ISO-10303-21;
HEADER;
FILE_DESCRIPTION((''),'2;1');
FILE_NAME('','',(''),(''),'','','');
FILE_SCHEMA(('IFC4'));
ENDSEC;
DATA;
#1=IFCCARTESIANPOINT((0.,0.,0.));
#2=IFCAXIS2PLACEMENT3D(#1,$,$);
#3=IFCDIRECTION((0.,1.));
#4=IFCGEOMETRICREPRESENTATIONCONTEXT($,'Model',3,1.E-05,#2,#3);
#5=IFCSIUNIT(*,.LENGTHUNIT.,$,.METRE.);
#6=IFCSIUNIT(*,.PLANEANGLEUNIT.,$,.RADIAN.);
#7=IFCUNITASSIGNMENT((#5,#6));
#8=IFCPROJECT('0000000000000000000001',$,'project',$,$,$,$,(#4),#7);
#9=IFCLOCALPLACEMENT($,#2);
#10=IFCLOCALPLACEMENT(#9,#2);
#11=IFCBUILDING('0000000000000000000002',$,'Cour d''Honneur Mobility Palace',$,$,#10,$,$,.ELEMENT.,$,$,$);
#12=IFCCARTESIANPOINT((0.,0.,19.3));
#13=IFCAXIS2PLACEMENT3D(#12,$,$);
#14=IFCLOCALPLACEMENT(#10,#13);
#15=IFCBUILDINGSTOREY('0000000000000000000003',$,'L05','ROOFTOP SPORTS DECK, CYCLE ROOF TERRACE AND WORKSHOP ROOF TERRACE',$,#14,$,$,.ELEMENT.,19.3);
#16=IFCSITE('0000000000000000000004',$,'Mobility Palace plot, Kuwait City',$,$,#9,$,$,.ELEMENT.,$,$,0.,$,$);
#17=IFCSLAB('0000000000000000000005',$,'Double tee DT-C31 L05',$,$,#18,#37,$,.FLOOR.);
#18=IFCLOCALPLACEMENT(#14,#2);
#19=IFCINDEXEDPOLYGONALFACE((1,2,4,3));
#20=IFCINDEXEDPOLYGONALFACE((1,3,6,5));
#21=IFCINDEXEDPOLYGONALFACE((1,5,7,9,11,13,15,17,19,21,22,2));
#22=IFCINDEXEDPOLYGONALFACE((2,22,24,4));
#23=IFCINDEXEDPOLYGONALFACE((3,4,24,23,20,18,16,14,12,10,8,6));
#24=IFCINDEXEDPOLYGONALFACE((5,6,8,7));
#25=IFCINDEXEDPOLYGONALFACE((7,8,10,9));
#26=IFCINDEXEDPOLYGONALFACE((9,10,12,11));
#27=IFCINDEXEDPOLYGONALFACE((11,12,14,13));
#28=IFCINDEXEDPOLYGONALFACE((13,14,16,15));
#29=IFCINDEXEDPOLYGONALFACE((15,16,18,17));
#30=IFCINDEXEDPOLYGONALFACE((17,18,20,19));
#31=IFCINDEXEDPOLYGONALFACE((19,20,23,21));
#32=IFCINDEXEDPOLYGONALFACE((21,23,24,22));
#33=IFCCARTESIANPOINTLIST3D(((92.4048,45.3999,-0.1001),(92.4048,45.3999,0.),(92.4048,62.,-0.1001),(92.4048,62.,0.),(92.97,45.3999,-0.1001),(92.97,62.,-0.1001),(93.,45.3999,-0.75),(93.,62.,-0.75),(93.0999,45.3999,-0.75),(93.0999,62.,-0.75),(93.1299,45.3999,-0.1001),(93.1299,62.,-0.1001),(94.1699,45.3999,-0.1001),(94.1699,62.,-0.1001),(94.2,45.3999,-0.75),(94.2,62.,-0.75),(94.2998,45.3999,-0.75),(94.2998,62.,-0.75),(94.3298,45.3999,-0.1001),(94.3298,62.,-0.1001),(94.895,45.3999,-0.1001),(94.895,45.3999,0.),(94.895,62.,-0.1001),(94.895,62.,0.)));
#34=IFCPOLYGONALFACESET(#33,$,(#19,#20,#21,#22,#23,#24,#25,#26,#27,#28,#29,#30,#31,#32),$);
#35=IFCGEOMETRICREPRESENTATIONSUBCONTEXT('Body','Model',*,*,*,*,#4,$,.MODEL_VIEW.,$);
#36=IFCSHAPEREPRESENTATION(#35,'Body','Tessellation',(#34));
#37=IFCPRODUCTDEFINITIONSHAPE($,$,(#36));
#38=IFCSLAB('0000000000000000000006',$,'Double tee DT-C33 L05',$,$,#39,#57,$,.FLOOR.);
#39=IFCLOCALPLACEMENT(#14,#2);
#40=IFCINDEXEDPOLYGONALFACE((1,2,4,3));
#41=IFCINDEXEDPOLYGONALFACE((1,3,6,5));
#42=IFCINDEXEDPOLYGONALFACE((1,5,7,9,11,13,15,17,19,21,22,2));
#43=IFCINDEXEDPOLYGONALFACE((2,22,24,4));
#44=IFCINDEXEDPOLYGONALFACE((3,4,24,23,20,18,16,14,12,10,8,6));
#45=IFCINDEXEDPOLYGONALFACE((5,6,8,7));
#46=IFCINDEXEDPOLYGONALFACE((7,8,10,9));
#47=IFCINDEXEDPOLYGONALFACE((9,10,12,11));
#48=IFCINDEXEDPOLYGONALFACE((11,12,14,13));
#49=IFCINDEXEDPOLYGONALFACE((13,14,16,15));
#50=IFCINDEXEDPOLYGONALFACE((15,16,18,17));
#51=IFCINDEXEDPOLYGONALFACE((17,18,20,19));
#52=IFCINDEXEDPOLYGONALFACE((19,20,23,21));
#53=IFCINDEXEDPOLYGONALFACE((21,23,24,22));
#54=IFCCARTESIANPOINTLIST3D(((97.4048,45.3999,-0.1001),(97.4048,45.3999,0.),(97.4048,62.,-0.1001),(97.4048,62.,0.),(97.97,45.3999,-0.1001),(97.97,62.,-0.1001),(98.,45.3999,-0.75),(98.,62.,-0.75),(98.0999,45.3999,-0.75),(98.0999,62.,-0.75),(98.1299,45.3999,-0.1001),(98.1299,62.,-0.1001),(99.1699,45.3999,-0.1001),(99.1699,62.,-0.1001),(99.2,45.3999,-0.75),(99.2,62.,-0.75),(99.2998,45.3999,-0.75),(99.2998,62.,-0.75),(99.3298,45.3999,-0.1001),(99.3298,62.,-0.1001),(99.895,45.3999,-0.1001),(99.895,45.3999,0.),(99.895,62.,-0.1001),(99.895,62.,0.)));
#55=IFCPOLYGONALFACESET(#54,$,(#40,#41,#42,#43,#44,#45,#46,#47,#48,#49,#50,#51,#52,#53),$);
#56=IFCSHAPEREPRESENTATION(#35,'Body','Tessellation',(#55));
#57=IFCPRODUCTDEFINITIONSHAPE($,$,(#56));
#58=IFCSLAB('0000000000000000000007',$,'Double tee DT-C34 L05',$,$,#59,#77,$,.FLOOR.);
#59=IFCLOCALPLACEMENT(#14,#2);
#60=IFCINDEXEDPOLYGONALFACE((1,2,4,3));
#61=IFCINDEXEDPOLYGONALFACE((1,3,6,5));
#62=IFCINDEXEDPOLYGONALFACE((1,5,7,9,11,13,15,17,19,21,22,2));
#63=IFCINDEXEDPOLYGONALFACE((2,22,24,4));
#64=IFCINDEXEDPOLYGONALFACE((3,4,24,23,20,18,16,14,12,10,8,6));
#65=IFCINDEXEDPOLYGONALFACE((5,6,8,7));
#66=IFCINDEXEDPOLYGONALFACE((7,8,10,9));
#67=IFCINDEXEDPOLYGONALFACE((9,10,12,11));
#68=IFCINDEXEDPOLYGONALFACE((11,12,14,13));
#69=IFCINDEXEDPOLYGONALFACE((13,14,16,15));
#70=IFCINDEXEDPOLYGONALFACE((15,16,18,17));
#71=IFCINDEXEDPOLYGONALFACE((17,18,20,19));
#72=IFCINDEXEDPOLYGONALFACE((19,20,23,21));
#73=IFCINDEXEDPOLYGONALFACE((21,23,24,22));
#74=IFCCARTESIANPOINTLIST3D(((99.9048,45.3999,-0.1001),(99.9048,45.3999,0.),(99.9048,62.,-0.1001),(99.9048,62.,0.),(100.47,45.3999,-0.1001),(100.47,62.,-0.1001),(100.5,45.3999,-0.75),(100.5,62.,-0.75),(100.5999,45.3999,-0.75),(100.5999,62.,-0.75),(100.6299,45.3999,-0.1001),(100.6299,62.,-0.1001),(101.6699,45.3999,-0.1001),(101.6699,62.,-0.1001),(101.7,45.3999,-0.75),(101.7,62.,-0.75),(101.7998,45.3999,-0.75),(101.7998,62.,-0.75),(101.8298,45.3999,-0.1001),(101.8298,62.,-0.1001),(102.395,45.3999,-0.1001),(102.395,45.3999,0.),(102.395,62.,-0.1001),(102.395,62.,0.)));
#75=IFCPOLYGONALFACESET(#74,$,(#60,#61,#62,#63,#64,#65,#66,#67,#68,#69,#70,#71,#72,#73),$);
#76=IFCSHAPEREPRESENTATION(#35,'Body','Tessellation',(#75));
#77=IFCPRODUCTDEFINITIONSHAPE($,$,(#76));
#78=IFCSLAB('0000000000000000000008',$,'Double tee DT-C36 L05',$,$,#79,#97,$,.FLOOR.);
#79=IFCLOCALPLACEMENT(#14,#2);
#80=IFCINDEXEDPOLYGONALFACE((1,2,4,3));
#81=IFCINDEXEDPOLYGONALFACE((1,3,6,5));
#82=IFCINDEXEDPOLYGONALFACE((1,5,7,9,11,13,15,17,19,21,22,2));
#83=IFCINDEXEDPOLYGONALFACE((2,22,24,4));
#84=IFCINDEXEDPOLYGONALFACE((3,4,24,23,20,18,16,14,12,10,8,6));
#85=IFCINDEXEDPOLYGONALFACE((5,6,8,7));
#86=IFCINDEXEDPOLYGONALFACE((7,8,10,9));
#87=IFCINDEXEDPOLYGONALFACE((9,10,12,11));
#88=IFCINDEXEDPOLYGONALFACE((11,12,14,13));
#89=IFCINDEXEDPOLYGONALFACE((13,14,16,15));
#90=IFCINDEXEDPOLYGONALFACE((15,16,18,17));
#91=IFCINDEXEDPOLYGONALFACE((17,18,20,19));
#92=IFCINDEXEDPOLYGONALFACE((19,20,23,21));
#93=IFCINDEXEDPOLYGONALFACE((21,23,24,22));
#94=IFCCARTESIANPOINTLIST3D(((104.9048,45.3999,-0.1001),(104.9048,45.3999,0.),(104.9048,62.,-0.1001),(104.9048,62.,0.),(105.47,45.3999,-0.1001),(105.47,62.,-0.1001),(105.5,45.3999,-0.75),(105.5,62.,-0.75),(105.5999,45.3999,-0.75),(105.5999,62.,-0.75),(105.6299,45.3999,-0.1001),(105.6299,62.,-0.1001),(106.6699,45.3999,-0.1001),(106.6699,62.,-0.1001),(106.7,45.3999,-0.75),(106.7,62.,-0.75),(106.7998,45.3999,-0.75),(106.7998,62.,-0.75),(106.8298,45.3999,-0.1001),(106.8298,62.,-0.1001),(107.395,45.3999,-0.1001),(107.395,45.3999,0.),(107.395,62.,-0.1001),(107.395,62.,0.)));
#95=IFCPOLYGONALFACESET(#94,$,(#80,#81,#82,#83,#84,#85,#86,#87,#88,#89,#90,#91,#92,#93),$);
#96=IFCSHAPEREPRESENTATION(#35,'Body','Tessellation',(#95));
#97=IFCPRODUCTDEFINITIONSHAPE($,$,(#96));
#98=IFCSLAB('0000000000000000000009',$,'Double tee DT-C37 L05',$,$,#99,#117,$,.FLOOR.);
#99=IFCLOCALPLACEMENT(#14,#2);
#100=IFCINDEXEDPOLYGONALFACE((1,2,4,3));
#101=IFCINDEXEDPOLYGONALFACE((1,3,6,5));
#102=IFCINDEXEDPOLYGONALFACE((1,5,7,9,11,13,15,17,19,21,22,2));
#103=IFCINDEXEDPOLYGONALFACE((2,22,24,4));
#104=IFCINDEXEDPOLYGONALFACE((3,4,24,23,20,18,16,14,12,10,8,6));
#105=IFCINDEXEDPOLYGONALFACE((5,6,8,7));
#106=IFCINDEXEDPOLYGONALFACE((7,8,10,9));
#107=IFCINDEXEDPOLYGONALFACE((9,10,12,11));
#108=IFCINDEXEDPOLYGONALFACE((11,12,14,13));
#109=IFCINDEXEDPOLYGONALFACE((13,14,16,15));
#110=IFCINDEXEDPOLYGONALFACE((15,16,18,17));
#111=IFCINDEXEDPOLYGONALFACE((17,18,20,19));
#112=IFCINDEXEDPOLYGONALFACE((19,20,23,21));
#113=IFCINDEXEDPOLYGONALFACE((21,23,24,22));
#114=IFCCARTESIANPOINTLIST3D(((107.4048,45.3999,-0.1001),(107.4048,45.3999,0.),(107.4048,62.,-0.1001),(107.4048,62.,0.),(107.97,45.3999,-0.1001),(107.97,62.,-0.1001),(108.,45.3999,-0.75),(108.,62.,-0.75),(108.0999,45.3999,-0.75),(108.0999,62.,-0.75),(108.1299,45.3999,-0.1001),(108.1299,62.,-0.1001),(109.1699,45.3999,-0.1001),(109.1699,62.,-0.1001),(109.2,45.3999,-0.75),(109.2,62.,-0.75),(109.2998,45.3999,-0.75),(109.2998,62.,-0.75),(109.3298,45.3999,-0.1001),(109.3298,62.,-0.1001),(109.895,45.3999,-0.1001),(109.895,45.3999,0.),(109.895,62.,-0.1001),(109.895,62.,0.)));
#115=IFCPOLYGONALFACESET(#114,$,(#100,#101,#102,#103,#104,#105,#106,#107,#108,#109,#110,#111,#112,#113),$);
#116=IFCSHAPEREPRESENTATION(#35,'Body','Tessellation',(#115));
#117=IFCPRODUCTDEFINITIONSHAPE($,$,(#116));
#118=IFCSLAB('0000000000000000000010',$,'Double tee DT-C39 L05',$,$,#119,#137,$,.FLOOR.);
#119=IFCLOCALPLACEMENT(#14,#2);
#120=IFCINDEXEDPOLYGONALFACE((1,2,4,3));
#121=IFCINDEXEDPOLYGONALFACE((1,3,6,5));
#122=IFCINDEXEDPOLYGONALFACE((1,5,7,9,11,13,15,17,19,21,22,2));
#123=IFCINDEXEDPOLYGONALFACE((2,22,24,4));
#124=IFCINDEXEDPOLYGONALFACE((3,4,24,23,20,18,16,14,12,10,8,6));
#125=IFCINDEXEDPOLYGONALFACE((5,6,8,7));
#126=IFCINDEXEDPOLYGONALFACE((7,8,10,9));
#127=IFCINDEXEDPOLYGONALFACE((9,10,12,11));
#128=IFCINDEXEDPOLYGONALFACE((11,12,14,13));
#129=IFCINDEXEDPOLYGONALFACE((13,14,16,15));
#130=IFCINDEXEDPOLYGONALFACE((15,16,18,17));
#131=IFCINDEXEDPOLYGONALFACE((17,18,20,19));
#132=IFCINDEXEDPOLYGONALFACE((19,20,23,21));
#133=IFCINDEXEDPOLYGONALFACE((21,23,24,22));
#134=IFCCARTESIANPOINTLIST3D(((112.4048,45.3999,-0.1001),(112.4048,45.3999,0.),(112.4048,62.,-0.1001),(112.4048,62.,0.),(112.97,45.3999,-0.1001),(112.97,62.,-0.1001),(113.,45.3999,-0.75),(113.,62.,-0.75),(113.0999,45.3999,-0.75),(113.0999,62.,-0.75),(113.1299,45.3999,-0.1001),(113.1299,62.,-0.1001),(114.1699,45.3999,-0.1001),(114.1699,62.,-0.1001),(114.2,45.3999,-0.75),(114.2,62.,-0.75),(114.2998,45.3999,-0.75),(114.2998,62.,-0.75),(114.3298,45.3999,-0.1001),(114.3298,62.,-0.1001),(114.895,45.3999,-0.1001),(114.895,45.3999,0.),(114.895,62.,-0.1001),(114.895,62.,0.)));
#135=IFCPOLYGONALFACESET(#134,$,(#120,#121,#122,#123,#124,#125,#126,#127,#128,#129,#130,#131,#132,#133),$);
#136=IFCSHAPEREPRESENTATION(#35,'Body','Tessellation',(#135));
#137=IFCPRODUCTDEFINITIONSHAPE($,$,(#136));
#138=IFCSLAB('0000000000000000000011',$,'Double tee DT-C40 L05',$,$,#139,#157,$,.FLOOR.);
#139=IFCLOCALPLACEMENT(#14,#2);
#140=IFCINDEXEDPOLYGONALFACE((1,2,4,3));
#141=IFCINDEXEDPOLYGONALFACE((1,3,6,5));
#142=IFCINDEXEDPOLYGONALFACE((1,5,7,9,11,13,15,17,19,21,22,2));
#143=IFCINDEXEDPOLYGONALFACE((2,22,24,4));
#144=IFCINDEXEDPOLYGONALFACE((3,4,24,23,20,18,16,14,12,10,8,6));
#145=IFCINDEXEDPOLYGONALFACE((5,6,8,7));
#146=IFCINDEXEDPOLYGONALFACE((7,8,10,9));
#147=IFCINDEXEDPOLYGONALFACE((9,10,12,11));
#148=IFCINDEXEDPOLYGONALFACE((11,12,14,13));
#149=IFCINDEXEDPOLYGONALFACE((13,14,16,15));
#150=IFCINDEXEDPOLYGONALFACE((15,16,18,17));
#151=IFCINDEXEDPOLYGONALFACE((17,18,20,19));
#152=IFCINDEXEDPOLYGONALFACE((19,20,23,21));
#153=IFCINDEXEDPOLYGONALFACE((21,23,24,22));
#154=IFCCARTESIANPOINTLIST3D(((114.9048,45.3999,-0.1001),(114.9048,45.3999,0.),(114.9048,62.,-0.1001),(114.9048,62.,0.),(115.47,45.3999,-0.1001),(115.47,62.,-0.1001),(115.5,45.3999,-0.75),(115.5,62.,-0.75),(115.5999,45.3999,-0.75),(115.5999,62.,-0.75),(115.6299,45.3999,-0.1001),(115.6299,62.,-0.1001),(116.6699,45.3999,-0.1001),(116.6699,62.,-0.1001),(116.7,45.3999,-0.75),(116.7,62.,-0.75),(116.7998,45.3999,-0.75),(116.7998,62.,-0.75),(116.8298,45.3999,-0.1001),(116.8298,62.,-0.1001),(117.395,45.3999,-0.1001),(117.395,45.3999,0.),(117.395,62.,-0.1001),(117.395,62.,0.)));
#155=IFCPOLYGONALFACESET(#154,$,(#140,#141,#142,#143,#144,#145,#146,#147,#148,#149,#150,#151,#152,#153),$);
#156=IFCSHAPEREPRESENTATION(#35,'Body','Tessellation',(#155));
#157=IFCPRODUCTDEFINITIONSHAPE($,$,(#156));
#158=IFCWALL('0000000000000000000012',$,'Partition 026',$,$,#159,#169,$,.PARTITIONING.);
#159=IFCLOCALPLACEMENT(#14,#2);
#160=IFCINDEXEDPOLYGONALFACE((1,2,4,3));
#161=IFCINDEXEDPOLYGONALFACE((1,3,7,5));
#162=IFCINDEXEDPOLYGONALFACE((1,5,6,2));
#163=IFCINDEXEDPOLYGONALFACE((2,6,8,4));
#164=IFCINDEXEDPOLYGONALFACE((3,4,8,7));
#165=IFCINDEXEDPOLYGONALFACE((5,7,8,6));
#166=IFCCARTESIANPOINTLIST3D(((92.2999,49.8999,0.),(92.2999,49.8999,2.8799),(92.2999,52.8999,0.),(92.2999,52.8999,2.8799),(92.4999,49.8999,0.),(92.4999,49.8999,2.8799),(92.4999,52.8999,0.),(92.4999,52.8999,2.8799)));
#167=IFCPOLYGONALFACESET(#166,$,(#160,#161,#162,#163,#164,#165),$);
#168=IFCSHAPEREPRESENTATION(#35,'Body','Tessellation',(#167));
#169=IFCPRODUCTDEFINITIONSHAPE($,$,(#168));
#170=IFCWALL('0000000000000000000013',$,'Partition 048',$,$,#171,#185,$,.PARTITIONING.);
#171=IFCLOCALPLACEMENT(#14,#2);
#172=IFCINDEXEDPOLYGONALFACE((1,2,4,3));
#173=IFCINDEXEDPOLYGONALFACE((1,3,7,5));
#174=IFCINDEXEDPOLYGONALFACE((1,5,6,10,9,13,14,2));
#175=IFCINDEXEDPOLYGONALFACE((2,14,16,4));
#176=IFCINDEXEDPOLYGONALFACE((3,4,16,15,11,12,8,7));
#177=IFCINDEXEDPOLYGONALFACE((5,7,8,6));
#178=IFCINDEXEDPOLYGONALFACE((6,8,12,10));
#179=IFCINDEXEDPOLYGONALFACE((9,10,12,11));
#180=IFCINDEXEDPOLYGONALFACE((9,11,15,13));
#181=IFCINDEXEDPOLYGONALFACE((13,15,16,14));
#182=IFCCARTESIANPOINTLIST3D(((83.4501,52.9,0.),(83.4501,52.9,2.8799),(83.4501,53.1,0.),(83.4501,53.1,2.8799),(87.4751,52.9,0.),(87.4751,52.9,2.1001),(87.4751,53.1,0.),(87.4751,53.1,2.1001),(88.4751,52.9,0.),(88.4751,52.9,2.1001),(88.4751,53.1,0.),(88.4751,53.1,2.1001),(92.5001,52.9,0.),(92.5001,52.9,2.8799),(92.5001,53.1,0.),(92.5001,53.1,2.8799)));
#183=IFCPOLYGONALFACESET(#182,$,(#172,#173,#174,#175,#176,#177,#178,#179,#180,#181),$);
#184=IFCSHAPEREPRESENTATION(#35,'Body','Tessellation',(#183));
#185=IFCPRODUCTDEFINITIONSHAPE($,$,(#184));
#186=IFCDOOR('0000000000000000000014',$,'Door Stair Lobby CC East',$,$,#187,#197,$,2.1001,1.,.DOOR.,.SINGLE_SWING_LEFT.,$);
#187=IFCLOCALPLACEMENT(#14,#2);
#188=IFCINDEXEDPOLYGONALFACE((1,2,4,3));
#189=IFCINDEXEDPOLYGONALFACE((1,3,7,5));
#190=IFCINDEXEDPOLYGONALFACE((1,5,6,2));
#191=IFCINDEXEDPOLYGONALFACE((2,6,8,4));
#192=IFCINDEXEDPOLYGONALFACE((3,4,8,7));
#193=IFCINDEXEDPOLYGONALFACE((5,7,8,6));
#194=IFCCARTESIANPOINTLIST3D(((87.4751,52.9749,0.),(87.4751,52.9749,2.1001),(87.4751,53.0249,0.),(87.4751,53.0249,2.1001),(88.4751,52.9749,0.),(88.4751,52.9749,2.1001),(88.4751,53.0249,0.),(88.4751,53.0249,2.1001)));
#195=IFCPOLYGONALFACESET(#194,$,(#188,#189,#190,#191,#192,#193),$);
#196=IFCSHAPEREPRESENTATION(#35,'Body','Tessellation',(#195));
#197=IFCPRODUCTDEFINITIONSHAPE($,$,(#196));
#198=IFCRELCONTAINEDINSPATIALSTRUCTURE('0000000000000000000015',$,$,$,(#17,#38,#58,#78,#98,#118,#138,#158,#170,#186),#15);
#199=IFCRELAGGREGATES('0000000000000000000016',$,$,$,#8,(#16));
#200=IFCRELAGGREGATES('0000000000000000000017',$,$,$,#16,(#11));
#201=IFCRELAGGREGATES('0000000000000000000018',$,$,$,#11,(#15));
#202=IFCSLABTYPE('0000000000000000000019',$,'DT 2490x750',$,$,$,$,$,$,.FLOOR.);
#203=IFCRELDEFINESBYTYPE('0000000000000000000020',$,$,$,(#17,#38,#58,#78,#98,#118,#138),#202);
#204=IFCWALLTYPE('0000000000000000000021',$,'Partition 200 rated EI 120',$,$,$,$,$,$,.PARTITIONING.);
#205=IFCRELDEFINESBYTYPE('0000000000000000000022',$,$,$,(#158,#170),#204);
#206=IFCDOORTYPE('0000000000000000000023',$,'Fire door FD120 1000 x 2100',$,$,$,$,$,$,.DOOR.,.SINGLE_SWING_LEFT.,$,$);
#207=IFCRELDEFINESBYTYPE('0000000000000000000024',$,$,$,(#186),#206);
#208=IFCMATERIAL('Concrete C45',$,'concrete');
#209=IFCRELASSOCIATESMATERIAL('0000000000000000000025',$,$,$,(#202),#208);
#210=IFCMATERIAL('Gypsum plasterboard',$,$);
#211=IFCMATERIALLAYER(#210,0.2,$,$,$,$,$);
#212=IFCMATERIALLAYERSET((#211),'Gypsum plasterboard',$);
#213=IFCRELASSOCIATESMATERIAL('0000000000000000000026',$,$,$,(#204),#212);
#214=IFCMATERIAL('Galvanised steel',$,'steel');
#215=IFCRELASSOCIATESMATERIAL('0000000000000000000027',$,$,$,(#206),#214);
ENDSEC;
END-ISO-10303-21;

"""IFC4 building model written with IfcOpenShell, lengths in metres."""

from ifc_helpers import new_model, si_unit, direction, frame, frame_2d, origin, place, context, subcontext, project, spatial, polyline, rectangle, outline, extrude, material, layer, layer_set, material_profile, profile_set, type_object, element, fill, save


model = new_model("IFC4")

# Units and contexts
model_context = context("Model", 3, precision=1e-05, world=origin(), true_north=direction((0.0, 1.0)))
body_context = subcontext(model_context, "Body", "Model", "MODEL_VIEW")
ifc_project = project(units=[si_unit("LENGTHUNIT", "METRE"), si_unit("PLANEANGLEUNIT", "RADIAN")], contexts=[model_context])

# Site, building, storey
site_placement = place(None, origin())
site = spatial("IfcSite", under=ifc_project, at=site_placement, Name="Mobility Palace plot, Kuwait City", CompositionType="ELEMENT", RefElevation=0.0)
building_placement = place(site_placement, origin())
building = spatial("IfcBuilding", under=site, at=building_placement, Name="Cour d'Honneur Mobility Palace", CompositionType="ELEMENT")
storey_placement = place(building_placement, frame((0.0, 0.0, 19.3)))
storey = spatial("IfcBuildingStorey", under=building, at=storey_placement, Name="L05", Description="ROOFTOP SPORTS DECK, CYCLE ROOF TERRACE AND WORKSHOP ROOF TERRACE", CompositionType="ELEMENT", Elevation=19.3)

# Slabs
ifc_material_1 = material(Name="Concrete C45", Category="concrete")
ifc_material_profile_1 = material_profile(ifc_material_1, outline(polyline([(-1.2451, 0.0), (1.2451, 0.0), (1.2451, -0.1001), (0.6799, -0.1001), (0.6499, -0.75), (0.55, -0.75), (0.52, -0.1001), (-0.52, -0.1001), (-0.55, -0.75), (-0.6499, -0.75), (-0.6799, -0.1001), (-1.2451, -0.1001), (-1.2451, 0.0)])), Name="DT 2490x750")
ifc_profile_set_1 = profile_set([ifc_material_profile_1], Name="Concrete C45")
slab_type = type_object("IfcSlabType", Name="DT 2490x750", PredefinedType="FLOOR", material=ifc_profile_set_1)
for number, where, z_axis, x_axis, name in (
    (1, (93.6499, 45.3999, 0.0), (0.0, 1.0, 0.0), (-1.0, 0.0, 0.0), "Double tee DT-C31 L05"),
    (2, (98.6499, 45.3999, 0.0), (0.0, 1.0, 0.0), (-1.0, 0.0, 0.0), "Double tee DT-C33 L05"),
    (3, (101.1499, 45.3999, 0.0), (0.0, 1.0, 0.0), (-1.0, 0.0, 0.0), "Double tee DT-C34 L05"),
    (4, (106.1499, 45.3999, 0.0), (0.0, 1.0, 0.0), (-1.0, 0.0, 0.0), "Double tee DT-C36 L05"),
    (5, (108.6499, 45.3999, 0.0), (0.0, 1.0, 0.0), (-1.0, 0.0, 0.0), "Double tee DT-C37 L05"),
    (6, (113.6499, 45.3999, 0.0), (0.0, 1.0, 0.0), (-1.0, 0.0, 0.0), "Double tee DT-C39 L05"),
    (7, (116.1499, 45.3999, 0.0), (0.0, 1.0, 0.0), (-1.0, 0.0, 0.0), "Double tee DT-C40 L05"),
):
    element("IfcSlab", number, at=place(storey_placement, frame(where, z_axis=z_axis, x_axis=x_axis)), inside=storey, type_object=slab_type, Name=name, PredefinedType="FLOOR", context=body_context, shape_type="SweptSolid", body=[
        extrude(outline(polyline([(-1.2451, 0.0), (1.2451, 0.0), (1.2451, -0.1001), (0.6799, -0.1001), (0.6499, -0.75), (0.55, -0.75), (0.52, -0.1001), (-0.52, -0.1001), (-0.55, -0.75), (-0.6499, -0.75), (-0.6799, -0.1001), (-1.2451, -0.1001), (-1.2451, 0.0)])), origin(), (0.0, 0.0, 1.0), 16.6001),
    ])

# Wall
ifc_material_2 = material(Name="Gypsum plasterboard")
ifc_layer_1 = layer(ifc_material_2, 0.2)
ifc_layer_set_1 = layer_set([ifc_layer_1], Name="Gypsum plasterboard")
wall_type = type_object("IfcWallType", Name="Partition 200 rated EI 120", PredefinedType="PARTITIONING", material=ifc_layer_set_1)
wall_1_placement = place(storey_placement, frame((92.3999, 49.8999, 0.0), z_axis=(0.0, 0.0, 1.0), x_axis=(0.0, 1.0, 0.0)))
element("IfcWall", 8, at=wall_1_placement, inside=storey, type_object=wall_type, Name="Partition 026", PredefinedType="PARTITIONING", context=body_context, shape_type="SweptSolid", body=[
    extrude(rectangle(XDim=3.0, YDim=0.2, at=frame_2d((1.5, 0.0))), origin(), (0.0, 0.0, 1.0), 2.8799),
])

# Wall, opening, door
wall_2_placement = place(storey_placement, frame((92.5, 53.0, 0.0), z_axis=(0.0, 0.0, 1.0), x_axis=(-1.0, 0.0, 0.0)))
wall_2 = element("IfcWall", 9, at=wall_2_placement, inside=storey, type_object=wall_type, Name="Partition 048", PredefinedType="PARTITIONING", context=body_context, shape_type="SweptSolid", body=[
    extrude(rectangle(XDim=9.05, YDim=0.2, at=frame_2d((4.5249, 0.0))), origin(), (0.0, 0.0, 1.0), 2.8799),
])
opening_placement = place(wall_2_placement, frame((4.0249, 0.0, 0.0)))
opening = element("IfcOpeningElement", 10, at=opening_placement, cuts=wall_2, PredefinedType="OPENING", context=body_context, shape_type="SweptSolid", body=[
    extrude(rectangle(XDim=1.0, YDim=2.1001, at=frame_2d((0.5, 1.05))), frame((0.0, 0.1099, 0.0), z_axis=(0.0, -1.0, 0.0), x_axis=(1.0, 0.0, 0.0)), (0.0, 0.0, 1.0), 0.22),
])
ifc_material_3 = material(Name="Galvanised steel", Category="steel")
door_type = type_object("IfcDoorType", Name="Fire door FD120 1000 x 2100", OperationType="SINGLE_SWING_LEFT", PredefinedType="DOOR", material=ifc_material_3)
door_placement = place(opening_placement, frame((1.0, 0.0, 0.0), z_axis=(0.0, 0.0, 1.0), x_axis=(-1.0, 0.0, 0.0)))
door = element("IfcDoor", 11, at=door_placement, inside=storey, type_object=door_type, Name="Door Stair Lobby CC East", OperationType="SINGLE_SWING_LEFT", OverallHeight=2.1001, OverallWidth=1.0, PredefinedType="DOOR", context=body_context, shape_type="SweptSolid", body=[
    extrude(rectangle(XDim=1.0, YDim=2.1001, at=frame_2d((0.5, 1.05))), frame((0.0, 0.0249, 0.0), z_axis=(0.0, -1.0, 0.0), x_axis=(1.0, 0.0, 0.0)), (0.0, 0.0, 1.0), 0.05),
])
fill(opening, door)

save(model, "model.ifc")
